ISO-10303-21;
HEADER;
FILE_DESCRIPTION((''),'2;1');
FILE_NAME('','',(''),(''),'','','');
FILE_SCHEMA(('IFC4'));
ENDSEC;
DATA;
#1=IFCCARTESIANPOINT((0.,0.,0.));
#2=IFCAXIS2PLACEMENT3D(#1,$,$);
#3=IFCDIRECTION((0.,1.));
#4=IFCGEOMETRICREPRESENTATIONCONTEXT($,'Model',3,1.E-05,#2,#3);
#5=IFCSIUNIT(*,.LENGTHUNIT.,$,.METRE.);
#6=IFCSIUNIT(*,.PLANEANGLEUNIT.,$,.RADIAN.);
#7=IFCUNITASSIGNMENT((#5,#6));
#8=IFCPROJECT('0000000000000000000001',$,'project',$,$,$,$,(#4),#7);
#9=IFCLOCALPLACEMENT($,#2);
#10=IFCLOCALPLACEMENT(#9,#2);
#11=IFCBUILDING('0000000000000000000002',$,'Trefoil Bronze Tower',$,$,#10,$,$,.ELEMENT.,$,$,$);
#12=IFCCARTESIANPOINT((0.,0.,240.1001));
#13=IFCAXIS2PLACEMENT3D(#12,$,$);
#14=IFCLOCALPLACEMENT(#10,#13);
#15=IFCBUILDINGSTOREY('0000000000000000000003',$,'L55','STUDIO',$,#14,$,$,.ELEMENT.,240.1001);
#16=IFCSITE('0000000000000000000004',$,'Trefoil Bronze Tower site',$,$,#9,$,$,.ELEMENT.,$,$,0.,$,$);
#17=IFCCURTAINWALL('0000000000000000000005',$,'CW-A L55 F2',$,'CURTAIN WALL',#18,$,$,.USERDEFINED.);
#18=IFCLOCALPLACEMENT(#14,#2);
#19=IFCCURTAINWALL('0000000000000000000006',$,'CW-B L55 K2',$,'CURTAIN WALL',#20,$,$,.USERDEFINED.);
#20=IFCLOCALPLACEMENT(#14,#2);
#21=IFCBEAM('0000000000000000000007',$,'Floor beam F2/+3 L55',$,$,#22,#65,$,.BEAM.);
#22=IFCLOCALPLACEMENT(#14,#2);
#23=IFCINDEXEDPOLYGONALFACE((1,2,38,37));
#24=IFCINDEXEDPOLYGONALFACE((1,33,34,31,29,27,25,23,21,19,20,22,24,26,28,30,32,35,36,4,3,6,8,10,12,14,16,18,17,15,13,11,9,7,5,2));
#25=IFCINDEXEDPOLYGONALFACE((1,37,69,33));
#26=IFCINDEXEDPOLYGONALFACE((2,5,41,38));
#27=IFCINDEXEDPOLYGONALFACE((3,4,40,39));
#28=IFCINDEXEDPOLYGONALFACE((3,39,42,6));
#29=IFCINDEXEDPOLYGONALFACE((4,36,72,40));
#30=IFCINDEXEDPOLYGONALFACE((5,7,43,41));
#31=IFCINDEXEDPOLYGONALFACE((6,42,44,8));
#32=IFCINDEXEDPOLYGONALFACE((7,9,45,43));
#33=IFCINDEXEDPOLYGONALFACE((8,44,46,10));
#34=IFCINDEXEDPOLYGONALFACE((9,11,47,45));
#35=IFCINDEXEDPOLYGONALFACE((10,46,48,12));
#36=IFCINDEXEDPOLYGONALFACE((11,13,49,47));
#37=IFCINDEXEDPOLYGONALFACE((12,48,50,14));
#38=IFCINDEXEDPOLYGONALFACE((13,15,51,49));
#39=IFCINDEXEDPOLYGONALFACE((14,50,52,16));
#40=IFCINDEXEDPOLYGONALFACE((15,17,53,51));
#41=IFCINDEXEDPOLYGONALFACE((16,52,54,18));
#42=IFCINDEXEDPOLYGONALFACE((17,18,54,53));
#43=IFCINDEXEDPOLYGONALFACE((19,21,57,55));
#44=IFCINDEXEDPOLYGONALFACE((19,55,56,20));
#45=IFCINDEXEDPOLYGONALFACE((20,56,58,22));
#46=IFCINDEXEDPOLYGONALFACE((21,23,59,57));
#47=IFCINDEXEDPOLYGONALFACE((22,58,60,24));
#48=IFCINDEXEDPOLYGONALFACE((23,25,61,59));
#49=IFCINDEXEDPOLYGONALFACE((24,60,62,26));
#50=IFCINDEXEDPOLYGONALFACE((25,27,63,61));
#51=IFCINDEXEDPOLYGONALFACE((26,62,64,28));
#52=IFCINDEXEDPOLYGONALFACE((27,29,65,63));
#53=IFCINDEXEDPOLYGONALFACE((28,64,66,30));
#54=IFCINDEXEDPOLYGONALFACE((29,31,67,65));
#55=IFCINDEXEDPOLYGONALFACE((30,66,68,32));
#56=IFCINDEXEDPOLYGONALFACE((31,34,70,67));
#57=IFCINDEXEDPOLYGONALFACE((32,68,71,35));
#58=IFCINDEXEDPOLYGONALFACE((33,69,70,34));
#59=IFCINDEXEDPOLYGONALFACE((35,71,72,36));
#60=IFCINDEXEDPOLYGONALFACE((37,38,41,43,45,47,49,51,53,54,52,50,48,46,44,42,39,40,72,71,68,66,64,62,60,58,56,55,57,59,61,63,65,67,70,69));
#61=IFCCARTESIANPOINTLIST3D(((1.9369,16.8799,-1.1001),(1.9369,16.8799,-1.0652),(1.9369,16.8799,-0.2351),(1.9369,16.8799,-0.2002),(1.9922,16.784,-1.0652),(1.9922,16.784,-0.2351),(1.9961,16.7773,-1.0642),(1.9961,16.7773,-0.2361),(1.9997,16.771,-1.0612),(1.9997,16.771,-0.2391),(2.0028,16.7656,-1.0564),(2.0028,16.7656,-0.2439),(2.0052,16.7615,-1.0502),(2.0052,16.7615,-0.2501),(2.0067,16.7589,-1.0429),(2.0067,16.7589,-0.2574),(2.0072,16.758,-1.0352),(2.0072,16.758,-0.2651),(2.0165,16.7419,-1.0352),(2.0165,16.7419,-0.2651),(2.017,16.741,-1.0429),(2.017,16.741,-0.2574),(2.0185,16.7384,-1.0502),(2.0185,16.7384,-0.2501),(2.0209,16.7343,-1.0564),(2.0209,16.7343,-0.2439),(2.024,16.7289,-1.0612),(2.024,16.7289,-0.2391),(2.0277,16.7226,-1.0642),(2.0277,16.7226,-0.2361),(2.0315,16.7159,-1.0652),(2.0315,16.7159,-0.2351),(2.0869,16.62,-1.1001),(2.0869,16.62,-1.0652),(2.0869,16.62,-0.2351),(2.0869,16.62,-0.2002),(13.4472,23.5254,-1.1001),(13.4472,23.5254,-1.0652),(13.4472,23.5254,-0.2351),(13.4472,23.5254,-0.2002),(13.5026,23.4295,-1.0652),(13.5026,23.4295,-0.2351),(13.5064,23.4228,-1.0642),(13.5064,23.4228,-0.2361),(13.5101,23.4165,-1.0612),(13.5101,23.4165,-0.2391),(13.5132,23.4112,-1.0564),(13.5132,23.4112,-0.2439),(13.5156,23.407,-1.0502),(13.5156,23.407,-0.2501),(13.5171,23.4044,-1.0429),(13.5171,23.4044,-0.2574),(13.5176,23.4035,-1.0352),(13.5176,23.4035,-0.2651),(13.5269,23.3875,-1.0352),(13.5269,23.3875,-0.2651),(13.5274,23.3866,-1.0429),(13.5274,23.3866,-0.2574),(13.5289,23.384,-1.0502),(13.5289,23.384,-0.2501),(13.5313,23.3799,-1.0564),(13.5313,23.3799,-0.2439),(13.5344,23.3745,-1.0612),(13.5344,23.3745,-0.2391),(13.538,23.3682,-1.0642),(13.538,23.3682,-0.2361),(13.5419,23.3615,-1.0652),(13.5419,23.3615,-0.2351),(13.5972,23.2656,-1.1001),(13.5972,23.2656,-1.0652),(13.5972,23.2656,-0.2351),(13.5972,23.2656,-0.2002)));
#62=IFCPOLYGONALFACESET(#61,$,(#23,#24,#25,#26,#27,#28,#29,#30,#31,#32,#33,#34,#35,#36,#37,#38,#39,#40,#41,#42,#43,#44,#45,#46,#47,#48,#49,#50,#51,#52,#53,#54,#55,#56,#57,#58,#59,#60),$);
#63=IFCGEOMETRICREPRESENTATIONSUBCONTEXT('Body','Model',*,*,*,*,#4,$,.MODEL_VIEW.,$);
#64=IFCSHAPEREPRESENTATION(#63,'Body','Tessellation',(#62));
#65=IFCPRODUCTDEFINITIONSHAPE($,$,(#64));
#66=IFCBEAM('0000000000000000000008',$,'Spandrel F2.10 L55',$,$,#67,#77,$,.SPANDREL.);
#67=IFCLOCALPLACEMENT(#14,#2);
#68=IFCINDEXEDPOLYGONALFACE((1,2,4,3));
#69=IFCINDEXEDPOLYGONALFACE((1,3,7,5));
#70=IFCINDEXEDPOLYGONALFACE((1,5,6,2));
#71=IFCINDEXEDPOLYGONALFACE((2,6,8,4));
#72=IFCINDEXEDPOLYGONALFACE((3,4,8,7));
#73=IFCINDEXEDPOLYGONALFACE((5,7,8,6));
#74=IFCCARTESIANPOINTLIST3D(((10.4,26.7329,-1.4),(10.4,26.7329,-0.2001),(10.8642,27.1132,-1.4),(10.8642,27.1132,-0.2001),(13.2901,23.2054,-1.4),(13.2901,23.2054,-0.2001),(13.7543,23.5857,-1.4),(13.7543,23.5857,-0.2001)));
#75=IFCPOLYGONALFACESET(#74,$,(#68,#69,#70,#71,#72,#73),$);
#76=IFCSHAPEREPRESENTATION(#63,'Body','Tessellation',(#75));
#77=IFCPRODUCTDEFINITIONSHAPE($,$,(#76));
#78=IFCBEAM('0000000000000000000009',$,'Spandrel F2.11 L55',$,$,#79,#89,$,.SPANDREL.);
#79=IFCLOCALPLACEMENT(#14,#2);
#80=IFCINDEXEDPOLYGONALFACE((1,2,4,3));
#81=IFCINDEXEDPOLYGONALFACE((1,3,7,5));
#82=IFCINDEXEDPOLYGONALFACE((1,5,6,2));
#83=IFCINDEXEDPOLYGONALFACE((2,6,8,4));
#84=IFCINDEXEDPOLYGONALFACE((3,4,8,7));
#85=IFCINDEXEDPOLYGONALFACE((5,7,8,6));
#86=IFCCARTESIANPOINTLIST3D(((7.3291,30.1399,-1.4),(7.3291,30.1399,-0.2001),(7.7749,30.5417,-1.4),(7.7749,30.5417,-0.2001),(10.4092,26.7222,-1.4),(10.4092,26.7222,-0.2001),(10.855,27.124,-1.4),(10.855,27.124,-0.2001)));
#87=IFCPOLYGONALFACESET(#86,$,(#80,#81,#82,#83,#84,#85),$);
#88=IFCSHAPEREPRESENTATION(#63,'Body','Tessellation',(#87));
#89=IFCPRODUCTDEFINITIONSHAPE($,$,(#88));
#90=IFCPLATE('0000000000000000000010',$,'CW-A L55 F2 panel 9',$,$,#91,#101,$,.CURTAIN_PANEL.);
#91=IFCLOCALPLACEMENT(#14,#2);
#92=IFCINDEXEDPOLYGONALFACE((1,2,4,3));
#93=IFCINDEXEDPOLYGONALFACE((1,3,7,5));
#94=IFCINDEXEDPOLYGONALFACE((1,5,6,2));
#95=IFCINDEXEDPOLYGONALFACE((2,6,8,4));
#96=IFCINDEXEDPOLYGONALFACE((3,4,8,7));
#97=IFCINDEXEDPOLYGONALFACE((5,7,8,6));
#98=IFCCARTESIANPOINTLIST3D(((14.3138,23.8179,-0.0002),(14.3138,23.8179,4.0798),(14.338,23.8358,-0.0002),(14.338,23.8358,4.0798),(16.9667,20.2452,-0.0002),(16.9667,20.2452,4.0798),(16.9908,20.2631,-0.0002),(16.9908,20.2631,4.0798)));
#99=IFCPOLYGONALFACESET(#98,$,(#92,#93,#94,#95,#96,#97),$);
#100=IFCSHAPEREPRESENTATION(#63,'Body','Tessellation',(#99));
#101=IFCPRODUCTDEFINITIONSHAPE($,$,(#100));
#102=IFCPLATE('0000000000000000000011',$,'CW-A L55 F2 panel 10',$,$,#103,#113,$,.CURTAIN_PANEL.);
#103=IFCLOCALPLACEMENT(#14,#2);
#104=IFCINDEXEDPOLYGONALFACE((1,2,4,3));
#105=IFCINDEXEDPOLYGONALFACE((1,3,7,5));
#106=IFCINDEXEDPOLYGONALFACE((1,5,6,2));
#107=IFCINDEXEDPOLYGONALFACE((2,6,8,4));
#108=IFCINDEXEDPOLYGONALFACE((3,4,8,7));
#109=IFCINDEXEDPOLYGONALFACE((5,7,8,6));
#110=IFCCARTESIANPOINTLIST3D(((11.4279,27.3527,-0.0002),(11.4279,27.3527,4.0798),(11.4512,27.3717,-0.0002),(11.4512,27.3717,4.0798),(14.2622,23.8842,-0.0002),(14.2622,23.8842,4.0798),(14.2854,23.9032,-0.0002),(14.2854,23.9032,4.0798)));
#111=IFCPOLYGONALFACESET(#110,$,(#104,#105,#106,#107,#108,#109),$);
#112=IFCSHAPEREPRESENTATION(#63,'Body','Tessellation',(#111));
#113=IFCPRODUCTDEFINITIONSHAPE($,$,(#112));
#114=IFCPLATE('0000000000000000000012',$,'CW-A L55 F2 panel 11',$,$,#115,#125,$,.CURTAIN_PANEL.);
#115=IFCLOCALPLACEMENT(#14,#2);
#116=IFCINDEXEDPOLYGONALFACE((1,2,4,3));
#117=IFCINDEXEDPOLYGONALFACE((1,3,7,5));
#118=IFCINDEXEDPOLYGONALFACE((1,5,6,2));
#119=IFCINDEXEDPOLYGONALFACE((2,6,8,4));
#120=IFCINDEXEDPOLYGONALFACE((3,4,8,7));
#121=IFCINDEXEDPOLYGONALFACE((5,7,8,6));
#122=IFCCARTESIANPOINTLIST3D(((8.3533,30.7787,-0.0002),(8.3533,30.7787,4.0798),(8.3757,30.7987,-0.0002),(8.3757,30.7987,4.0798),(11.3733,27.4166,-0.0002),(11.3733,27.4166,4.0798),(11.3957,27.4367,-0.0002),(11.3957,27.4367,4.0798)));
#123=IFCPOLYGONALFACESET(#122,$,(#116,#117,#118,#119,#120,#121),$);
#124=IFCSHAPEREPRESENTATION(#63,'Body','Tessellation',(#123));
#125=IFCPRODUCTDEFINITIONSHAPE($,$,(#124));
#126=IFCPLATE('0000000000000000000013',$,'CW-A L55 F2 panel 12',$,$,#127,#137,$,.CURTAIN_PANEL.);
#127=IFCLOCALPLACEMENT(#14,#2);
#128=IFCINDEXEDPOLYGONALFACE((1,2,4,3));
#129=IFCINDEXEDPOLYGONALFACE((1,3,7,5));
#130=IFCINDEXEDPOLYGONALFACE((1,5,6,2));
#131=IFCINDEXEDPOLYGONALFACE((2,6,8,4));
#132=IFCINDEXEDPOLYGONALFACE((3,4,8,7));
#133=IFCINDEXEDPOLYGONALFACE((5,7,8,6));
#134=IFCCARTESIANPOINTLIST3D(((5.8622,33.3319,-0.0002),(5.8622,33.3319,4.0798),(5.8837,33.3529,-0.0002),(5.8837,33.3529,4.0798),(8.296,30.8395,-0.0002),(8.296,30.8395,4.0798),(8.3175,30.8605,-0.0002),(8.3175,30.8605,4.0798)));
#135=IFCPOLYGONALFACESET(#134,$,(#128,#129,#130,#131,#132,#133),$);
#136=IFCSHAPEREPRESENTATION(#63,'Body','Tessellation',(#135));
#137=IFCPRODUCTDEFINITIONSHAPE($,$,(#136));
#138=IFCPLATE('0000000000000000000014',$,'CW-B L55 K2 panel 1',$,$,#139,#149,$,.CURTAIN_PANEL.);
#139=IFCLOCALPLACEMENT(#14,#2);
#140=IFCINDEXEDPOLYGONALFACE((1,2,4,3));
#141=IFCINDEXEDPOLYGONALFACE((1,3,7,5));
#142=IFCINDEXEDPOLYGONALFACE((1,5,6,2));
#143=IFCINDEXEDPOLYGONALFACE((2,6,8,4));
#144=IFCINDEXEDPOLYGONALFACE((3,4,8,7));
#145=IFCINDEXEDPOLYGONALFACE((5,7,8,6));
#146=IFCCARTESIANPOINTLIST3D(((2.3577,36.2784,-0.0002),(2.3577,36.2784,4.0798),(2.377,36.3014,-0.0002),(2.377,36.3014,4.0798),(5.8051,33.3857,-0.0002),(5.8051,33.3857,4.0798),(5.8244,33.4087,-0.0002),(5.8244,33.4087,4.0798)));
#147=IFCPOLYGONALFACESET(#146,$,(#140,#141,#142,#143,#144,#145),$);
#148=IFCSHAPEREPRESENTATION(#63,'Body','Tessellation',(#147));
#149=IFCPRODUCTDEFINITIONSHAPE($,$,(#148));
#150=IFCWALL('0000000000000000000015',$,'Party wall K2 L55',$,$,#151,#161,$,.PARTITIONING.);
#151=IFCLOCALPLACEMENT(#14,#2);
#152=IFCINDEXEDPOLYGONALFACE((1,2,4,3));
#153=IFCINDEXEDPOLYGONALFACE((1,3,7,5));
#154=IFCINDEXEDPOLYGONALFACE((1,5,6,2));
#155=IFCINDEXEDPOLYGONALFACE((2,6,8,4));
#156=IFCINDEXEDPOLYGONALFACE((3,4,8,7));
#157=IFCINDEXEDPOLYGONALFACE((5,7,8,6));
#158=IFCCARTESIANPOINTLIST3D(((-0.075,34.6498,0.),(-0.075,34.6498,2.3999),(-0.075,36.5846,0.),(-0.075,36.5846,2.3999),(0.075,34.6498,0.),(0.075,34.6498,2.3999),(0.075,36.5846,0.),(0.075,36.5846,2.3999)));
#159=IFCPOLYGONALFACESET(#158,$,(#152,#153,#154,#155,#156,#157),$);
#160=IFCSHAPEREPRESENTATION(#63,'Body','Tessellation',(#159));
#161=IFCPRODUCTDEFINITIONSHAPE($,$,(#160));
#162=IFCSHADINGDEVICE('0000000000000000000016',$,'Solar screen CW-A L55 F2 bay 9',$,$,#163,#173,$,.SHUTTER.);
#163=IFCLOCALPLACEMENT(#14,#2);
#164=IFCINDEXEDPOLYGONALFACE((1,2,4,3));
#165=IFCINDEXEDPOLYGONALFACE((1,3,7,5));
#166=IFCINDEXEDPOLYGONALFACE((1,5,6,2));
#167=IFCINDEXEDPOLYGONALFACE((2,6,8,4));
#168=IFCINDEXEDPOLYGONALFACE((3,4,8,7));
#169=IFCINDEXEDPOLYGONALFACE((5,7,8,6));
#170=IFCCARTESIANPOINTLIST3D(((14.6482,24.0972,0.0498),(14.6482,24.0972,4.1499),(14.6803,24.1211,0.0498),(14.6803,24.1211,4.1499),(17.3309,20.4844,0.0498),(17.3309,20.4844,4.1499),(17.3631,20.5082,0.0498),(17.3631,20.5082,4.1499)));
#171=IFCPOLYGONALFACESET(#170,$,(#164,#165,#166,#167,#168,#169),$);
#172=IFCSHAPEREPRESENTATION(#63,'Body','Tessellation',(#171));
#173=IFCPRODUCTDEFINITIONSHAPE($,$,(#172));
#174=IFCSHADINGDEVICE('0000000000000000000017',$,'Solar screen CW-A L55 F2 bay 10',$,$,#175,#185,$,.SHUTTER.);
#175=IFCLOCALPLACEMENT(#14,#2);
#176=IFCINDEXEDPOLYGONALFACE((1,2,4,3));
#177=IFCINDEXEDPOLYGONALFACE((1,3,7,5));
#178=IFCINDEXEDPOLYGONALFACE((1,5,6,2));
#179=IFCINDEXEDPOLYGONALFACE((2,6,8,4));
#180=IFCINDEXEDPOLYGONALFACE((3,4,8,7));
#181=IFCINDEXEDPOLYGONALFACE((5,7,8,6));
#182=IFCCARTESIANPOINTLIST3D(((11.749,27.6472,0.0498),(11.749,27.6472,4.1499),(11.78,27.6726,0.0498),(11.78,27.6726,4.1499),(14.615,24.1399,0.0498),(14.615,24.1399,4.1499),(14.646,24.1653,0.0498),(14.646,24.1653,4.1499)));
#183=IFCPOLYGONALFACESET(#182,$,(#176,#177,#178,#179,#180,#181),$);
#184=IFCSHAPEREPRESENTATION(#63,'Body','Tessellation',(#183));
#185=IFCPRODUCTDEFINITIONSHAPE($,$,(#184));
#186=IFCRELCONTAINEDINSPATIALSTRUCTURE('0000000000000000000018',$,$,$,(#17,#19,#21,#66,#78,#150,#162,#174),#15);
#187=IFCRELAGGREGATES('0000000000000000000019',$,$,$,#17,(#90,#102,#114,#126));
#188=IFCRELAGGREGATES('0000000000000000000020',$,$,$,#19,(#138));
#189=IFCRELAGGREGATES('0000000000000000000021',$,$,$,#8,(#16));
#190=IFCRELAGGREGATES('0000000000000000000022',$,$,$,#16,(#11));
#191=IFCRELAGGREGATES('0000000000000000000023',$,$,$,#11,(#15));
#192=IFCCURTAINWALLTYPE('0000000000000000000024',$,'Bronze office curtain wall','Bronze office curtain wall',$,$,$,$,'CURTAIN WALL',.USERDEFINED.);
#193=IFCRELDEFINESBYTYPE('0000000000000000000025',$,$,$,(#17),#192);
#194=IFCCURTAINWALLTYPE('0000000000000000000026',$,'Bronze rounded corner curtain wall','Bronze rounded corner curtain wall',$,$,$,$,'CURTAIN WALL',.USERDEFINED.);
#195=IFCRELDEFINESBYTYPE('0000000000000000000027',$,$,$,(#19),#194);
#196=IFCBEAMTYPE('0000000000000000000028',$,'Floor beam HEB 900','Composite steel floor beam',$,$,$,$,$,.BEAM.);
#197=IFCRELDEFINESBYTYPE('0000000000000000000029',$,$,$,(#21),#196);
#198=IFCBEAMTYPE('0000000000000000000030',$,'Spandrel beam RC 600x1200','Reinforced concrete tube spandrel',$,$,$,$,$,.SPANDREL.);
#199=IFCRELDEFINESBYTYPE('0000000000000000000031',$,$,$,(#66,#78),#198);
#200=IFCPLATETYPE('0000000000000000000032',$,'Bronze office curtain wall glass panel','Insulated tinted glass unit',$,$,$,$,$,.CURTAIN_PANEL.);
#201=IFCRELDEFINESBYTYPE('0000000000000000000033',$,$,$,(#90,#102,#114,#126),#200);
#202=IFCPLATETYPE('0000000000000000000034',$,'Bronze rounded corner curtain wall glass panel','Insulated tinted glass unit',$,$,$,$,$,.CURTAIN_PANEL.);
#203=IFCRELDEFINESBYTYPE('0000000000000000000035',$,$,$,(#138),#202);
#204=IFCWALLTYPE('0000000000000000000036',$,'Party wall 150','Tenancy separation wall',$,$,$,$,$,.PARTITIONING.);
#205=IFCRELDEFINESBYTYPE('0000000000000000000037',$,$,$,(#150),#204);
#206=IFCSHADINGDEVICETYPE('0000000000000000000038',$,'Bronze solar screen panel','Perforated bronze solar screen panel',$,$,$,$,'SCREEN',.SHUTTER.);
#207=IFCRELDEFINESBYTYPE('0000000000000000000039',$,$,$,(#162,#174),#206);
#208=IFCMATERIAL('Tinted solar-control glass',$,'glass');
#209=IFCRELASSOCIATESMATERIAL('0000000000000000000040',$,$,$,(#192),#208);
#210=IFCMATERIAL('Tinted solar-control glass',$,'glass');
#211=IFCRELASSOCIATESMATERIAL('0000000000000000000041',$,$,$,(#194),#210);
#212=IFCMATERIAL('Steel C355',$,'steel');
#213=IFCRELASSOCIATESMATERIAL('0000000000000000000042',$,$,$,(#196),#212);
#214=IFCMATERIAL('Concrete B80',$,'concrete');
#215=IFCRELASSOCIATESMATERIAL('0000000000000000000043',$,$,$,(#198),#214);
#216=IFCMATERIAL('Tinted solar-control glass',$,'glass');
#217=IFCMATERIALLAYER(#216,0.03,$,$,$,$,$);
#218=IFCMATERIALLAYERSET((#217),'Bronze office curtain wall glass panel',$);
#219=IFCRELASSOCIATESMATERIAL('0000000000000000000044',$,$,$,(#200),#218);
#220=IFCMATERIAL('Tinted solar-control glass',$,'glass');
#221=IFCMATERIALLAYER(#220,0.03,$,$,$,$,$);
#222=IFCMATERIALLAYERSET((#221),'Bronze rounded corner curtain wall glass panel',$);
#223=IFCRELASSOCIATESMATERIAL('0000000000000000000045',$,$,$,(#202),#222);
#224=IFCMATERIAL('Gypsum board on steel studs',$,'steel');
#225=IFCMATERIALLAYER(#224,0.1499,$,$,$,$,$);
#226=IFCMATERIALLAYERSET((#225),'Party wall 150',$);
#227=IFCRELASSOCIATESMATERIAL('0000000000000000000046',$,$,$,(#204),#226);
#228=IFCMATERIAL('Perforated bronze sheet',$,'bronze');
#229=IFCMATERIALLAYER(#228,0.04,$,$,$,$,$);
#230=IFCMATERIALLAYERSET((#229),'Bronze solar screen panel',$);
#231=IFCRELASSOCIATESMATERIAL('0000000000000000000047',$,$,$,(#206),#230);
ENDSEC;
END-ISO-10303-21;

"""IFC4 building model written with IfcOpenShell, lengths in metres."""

from ifc_helpers import new_model, si_unit, direction, frame, frame_2d, origin, origin_2d, place, context, subcontext, project, spatial, rectangle, i_section, extrude, material, layer, layer_set, material_profile, profile_set, type_object, element, aggregate, save


model = new_model("IFC4")

# Units and contexts
model_context = context("Model", 3, precision=1e-05, world=origin(), true_north=direction((0.0, 1.0)))
body_context = subcontext(model_context, "Body", "Model", "MODEL_VIEW")
ifc_project = project(units=[si_unit("LENGTHUNIT", "METRE"), si_unit("PLANEANGLEUNIT", "RADIAN")], contexts=[model_context])

# Site, building, storey
site_placement = place(None, origin())
site = spatial("IfcSite", under=ifc_project, at=site_placement, Name="Trefoil Bronze Tower site", CompositionType="ELEMENT", RefElevation=0.0)
building_placement = place(site_placement, origin())
building = spatial("IfcBuilding", under=site, at=building_placement, Name="Trefoil Bronze Tower", CompositionType="ELEMENT")
storey_placement = place(building_placement, frame((0.0, 0.0, 240.1001)))
storey = spatial("IfcBuildingStorey", under=building, at=storey_placement, Name="L55", Description="STUDIO", CompositionType="ELEMENT", Elevation=240.1001)

# Curtain walls
ifc_material_1 = material(Name="Tinted solar-control glass", Category="glass")
curtain_wall_type_1 = type_object("IfcCurtainWallType", Name="Bronze office curtain wall", Description="Bronze office curtain wall", ElementType="CURTAIN WALL", PredefinedType="USERDEFINED", material=ifc_material_1)
curtain_wall_1_placement = place(storey_placement, origin())
curtain_wall_1 = element("IfcCurtainWall", 1, at=curtain_wall_1_placement, inside=storey, type_object=curtain_wall_type_1, Name="CW-A L55 F2", ObjectType="CURTAIN WALL", PredefinedType="USERDEFINED")
ifc_material_2 = material(Name="Tinted solar-control glass", Category="glass")
curtain_wall_type_2 = type_object("IfcCurtainWallType", Name="Bronze rounded corner curtain wall", Description="Bronze rounded corner curtain wall", ElementType="CURTAIN WALL", PredefinedType="USERDEFINED", material=ifc_material_2)
curtain_wall_2_placement = place(storey_placement, origin())
curtain_wall_2 = element("IfcCurtainWall", 2, at=curtain_wall_2_placement, inside=storey, type_object=curtain_wall_type_2, Name="CW-B L55 K2", ObjectType="CURTAIN WALL", PredefinedType="USERDEFINED")

# Beams
ifc_material_3 = material(Name="Steel C355", Category="steel")
ifc_material_profile_1 = material_profile(ifc_material_3, i_section(OverallWidth=0.3, OverallDepth=0.8999, WebThickness=0.0186, FlangeThickness=0.0349, FilletRadius=0.03, at=origin_2d()), Name="HEB 900")
ifc_profile_set_1 = profile_set([ifc_material_profile_1], Name="Steel C355")
beam_type_1 = type_object("IfcBeamType", Name="Floor beam HEB 900", Description="Composite steel floor beam", PredefinedType="BEAM", material=ifc_profile_set_1)
beam_1_placement = place(storey_placement, frame((13.5222, 23.3955, -0.6501), z_axis=(-0.866023, -0.500003, 0.0), x_axis=(0.500003, -0.866023, 0.0)))
element("IfcBeam", 3, at=beam_1_placement, inside=storey, type_object=beam_type_1, Name="Floor beam F2/+3 L55", PredefinedType="BEAM", context=body_context, shape_type="SweptSolid", body=[
    extrude(i_section(OverallWidth=0.3, OverallDepth=0.8999, WebThickness=0.0186, FlangeThickness=0.0349, FilletRadius=0.03, at=origin_2d()), origin(), (0.0, 0.0, 1.0), 13.291),
])
ifc_material_4 = material(Name="Concrete B80", Category="concrete")
ifc_material_profile_2 = material_profile(ifc_material_4, rectangle(XDim=0.6001, YDim=1.2, at=origin_2d()), Name="RC 600x1200")
ifc_profile_set_2 = profile_set([ifc_material_profile_2], Name="Concrete B80")
beam_type_2 = type_object("IfcBeamType", Name="Spandrel beam RC 600x1200", Description="Reinforced concrete tube spandrel", PredefinedType="SPANDREL", material=ifc_profile_set_2)
beam_2_placement = place(storey_placement, frame((13.5222, 23.3955, -0.8), z_axis=(-0.633754, 0.773535, 0.0), x_axis=(-0.773535, -0.633754, 0.0)))
element("IfcBeam", 4, at=beam_2_placement, inside=storey, type_object=beam_type_2, Name="Spandrel F2.10 L55", PredefinedType="SPANDREL", context=body_context, shape_type="SweptSolid", body=[
    extrude(rectangle(XDim=0.6001, YDim=1.2, at=origin_2d()), origin(), (0.0, 0.0, 1.0), 4.5603),
])
beam_3_placement = place(storey_placement, frame((10.6321, 26.9231, -0.8), z_axis=(-0.66946, 0.742848, 0.0), x_axis=(-0.742848, -0.66946, 0.0)))
element("IfcBeam", 5, at=beam_3_placement, inside=storey, type_object=beam_type_2, Name="Spandrel F2.11 L55", PredefinedType="SPANDREL", context=body_context, shape_type="SweptSolid", body=[
    extrude(rectangle(XDim=0.6001, YDim=1.2, at=origin_2d()), origin(), (0.0, 0.0, 1.0), 4.6008),
])

# Plates
ifc_material_5 = material(Name="Tinted solar-control glass", Category="glass")
ifc_layer_1 = layer(ifc_material_5, 0.03)
ifc_layer_set_1 = layer_set([ifc_layer_1], Name="Bronze office curtain wall glass panel")
plate_type_1 = type_object("IfcPlateType", Name="Bronze office curtain wall glass panel", Description="Insulated tinted glass unit", PredefinedType="CURTAIN_PANEL", material=ifc_layer_set_1)
plate_1_placement = place(storey_placement, frame((15.6523, 22.0405, -0.0002), z_axis=(0.0, 0.0, 1.0), x_axis=(-0.596162, 0.802865, 0.0)))
plate_1 = element("IfcPlate", 6, at=plate_1_placement, type_object=plate_type_1, Name="CW-A L55 F2 panel 9", PredefinedType="CURTAIN_PANEL", context=body_context, shape_type="SweptSolid", body=[
    extrude(rectangle(XDim=4.45, YDim=0.03, at=origin_2d()), origin(), (0.0, 0.0, 1.0), 4.0801),
])
plate_2_placement = place(storey_placement, frame((12.8567, 25.6279, -0.0002), z_axis=(0.0, 0.0, 1.0), x_axis=(-0.632753, 0.774354, 0.0)))
plate_2 = element("IfcPlate", 7, at=plate_2_placement, type_object=plate_type_1, Name="CW-A L55 F2 panel 10", PredefinedType="CURTAIN_PANEL", context=body_context, shape_type="SweptSolid", body=[
    extrude(rectangle(XDim=4.4792, YDim=0.03, at=origin_2d()), origin(), (0.0, 0.0, 1.0), 4.0801),
])
plate_3_placement = place(storey_placement, frame((9.8745, 29.1077, -0.0002), z_axis=(0.0, 0.0, 1.0), x_axis=(-0.668246, 0.743941, 0.0)))
plate_3 = element("IfcPlate", 8, at=plate_3_placement, type_object=plate_type_1, Name="CW-A L55 F2 panel 11", PredefinedType="CURTAIN_PANEL", context=body_context, shape_type="SweptSolid", body=[
    extrude(rectangle(XDim=4.5193, YDim=0.03, at=origin_2d()), origin(), (0.0, 0.0, 1.0), 4.0801),
])
plate_4_placement = place(storey_placement, frame((7.0898, 32.0962, -0.0002), z_axis=(0.0, 0.0, 1.0), x_axis=(-0.698652, 0.715462, 0.0)))
plate_4 = element("IfcPlate", 9, at=plate_4_placement, type_object=plate_type_1, Name="CW-A L55 F2 panel 12", PredefinedType="CURTAIN_PANEL", context=body_context, shape_type="SweptSolid", body=[
    extrude(rectangle(XDim=3.4836, YDim=0.03, at=origin_2d()), origin(), (0.0, 0.0, 1.0), 4.0801),
])
aggregate(curtain_wall_1, [plate_1, plate_2, plate_3, plate_4])
ifc_material_6 = material(Name="Tinted solar-control glass", Category="glass")
ifc_layer_2 = layer(ifc_material_6, 0.03)
ifc_layer_set_2 = layer_set([ifc_layer_2], Name="Bronze rounded corner curtain wall glass panel")
plate_type_2 = type_object("IfcPlateType", Name="Bronze rounded corner curtain wall glass panel", Description="Insulated tinted glass unit", PredefinedType="CURTAIN_PANEL", material=ifc_layer_set_2)
plate_5_placement = place(storey_placement, frame((4.0911, 34.8435, -0.0002), z_axis=(0.0, 0.0, 1.0), x_axis=(-0.766044, 0.642788, 0.0)))
plate_5 = element("IfcPlate", 10, at=plate_5_placement, type_object=plate_type_2, Name="CW-B L55 K2 panel 1", PredefinedType="CURTAIN_PANEL", context=body_context, shape_type="SweptSolid", body=[
    extrude(rectangle(XDim=4.5002, YDim=0.03, at=origin_2d()), origin(), (0.0, 0.0, 1.0), 4.0801),
])
aggregate(curtain_wall_2, [plate_5])

# Wall
ifc_material_7 = material(Name="Gypsum board on steel studs", Category="steel")
ifc_layer_3 = layer(ifc_material_7, 0.1499)
ifc_layer_set_3 = layer_set([ifc_layer_3], Name="Party wall 150")
wall_type = type_object("IfcWallType", Name="Party wall 150", Description="Tenancy separation wall", PredefinedType="PARTITIONING", material=ifc_layer_set_3)
wall_placement = place(storey_placement, frame((0.0, 34.6499, 0.0), z_axis=(0.0, 0.0, 1.0), x_axis=(0.0, 1.0, 0.0)))
element("IfcWall", 11, at=wall_placement, inside=storey, type_object=wall_type, Name="Party wall K2 L55", PredefinedType="PARTITIONING", context=body_context, shape_type="SweptSolid", body=[
    extrude(rectangle(XDim=1.9348, YDim=0.1499, at=frame_2d((0.9673, 0.0))), origin(), (0.0, 0.0, 1.0), 2.3999),
])

# Shading devices
ifc_material_8 = material(Name="Perforated bronze sheet", Category="bronze")
ifc_layer_4 = layer(ifc_material_8, 0.04)
ifc_layer_set_4 = layer_set([ifc_layer_4], Name="Bronze solar screen panel")
shading_device_type = type_object("IfcShadingDeviceType", Name="Bronze solar screen panel", Description="Perforated bronze solar screen panel", ElementType="SCREEN", PredefinedType="SHUTTER", material=ifc_layer_set_4)
shading_device_1_placement = place(storey_placement, frame((16.0056, 22.3027, 0.0498), z_axis=(0.0, 0.0, 1.0), x_axis=(-0.596162, 0.802865, 0.0)))
element("IfcShadingDevice", 12, at=shading_device_1_placement, inside=storey, type_object=shading_device_type, Name="Solar screen CW-A L55 F2 bay 9", PredefinedType="SHUTTER", context=body_context, shape_type="SweptSolid", body=[
    extrude(rectangle(XDim=4.5, YDim=0.04, at=origin_2d()), origin(), (0.0, 0.0, 1.0), 4.1001),
])
shading_device_2_placement = place(storey_placement, frame((13.1975, 25.9062, 0.0498), z_axis=(0.0, 0.0, 1.0), x_axis=(-0.632753, 0.774354, 0.0)))
element("IfcShadingDevice", 13, at=shading_device_2_placement, inside=storey, type_object=shading_device_type, Name="Solar screen CW-A L55 F2 bay 10", PredefinedType="SHUTTER", context=body_context, shape_type="SweptSolid", body=[
    extrude(rectangle(XDim=4.5293, YDim=0.04, at=origin_2d()), origin(), (0.0, 0.0, 1.0), 4.1001),
])

save(model, "model.ifc")
